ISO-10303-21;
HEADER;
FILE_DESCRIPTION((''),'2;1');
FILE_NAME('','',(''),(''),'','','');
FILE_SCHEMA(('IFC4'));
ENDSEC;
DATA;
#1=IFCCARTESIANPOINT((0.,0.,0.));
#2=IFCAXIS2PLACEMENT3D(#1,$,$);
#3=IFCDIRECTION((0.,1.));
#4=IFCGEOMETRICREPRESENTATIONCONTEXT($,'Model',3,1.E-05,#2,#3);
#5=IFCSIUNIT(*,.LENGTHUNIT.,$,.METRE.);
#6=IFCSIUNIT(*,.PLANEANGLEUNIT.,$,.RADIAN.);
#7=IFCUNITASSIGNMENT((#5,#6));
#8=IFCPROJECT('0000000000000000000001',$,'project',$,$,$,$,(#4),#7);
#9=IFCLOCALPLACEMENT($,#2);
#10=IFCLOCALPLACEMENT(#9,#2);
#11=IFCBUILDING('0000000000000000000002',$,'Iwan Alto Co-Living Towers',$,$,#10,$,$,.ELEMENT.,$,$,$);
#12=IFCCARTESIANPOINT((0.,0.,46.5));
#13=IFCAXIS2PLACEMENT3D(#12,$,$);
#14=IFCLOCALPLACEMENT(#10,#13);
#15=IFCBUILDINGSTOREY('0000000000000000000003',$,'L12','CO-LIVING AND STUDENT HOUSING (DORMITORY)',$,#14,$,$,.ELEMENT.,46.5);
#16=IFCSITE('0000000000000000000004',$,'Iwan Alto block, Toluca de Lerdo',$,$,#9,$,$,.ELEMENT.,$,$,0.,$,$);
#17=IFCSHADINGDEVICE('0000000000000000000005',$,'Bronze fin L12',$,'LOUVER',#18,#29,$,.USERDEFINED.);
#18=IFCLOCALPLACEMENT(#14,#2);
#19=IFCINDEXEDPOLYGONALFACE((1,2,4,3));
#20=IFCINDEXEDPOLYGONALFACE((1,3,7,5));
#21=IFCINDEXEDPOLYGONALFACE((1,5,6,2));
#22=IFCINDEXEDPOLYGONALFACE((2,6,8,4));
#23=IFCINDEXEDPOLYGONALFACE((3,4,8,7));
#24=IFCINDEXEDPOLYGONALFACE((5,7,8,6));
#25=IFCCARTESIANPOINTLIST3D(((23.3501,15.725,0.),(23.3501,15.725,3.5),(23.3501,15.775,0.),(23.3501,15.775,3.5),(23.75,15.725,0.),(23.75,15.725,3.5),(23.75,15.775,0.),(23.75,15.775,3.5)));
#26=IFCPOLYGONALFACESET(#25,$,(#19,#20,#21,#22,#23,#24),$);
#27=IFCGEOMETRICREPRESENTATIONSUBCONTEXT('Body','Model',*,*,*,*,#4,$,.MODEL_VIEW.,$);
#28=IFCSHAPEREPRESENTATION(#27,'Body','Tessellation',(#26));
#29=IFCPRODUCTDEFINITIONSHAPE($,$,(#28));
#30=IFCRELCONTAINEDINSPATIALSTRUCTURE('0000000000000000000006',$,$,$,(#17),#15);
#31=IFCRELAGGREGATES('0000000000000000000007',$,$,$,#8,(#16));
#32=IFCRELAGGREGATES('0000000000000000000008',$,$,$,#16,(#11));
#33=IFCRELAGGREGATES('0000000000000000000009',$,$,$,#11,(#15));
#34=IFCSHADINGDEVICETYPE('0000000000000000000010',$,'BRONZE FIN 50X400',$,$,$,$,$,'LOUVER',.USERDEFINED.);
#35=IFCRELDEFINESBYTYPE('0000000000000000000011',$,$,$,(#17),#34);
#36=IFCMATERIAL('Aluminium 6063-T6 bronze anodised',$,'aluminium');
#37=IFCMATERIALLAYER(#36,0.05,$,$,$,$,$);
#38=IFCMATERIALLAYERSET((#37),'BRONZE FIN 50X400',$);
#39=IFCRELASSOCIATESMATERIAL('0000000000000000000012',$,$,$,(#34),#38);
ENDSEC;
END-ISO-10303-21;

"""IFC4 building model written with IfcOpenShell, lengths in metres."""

from ifc_helpers import new_model, si_unit, direction, frame, origin, origin_2d, place, context, subcontext, project, spatial, rectangle, extrude, material, layer, layer_set, type_object, element, save


model = new_model("IFC4")

# Units and contexts
model_context = context("Model", 3, precision=1e-05, world=origin(), true_north=direction((0.0, 1.0)))
body_context = subcontext(model_context, "Body", "Model", "MODEL_VIEW")
ifc_project = project(units=[si_unit("LENGTHUNIT", "METRE"), si_unit("PLANEANGLEUNIT", "RADIAN")], contexts=[model_context])

# Site, building, storey
site_placement = place(None, origin())
site = spatial("IfcSite", under=ifc_project, at=site_placement, Name="Iwan Alto block, Toluca de Lerdo", CompositionType="ELEMENT", RefElevation=0.0)
building_placement = place(site_placement, origin())
building = spatial("IfcBuilding", under=site, at=building_placement, Name="Iwan Alto Co-Living Towers", CompositionType="ELEMENT")
storey_placement = place(building_placement, frame((0.0, 0.0, 46.5)))
storey = spatial("IfcBuildingStorey", under=building, at=storey_placement, Name="L12", Description="CO-LIVING AND STUDENT HOUSING (DORMITORY)", CompositionType="ELEMENT", Elevation=46.5)

# Shading device
ifc_material_1 = material(Name="Aluminium 6063-T6 bronze anodised", Category="aluminium")
ifc_layer_1 = layer(ifc_material_1, 0.05)
ifc_layer_set_1 = layer_set([ifc_layer_1], Name="BRONZE FIN 50X400")
shading_device_type = type_object("IfcShadingDeviceType", Name="BRONZE FIN 50X400", ElementType="LOUVER", PredefinedType="USERDEFINED", material=ifc_layer_set_1)
shading_device_placement = place(storey_placement, frame((23.55, 15.75, 0.0), z_axis=(0.0, 0.0, 1.0), x_axis=(0.0, 1.0, 0.0)))
element("IfcShadingDevice", 1, at=shading_device_placement, inside=storey, type_object=shading_device_type, Name="Bronze fin L12", ObjectType="LOUVER", PredefinedType="USERDEFINED", context=body_context, shape_type="SweptSolid", body=[
    extrude(rectangle(XDim=0.05, YDim=0.3999, at=origin_2d()), origin(), (0.0, 0.0, 1.0), 3.5),
])

save(model, "model.ifc")
